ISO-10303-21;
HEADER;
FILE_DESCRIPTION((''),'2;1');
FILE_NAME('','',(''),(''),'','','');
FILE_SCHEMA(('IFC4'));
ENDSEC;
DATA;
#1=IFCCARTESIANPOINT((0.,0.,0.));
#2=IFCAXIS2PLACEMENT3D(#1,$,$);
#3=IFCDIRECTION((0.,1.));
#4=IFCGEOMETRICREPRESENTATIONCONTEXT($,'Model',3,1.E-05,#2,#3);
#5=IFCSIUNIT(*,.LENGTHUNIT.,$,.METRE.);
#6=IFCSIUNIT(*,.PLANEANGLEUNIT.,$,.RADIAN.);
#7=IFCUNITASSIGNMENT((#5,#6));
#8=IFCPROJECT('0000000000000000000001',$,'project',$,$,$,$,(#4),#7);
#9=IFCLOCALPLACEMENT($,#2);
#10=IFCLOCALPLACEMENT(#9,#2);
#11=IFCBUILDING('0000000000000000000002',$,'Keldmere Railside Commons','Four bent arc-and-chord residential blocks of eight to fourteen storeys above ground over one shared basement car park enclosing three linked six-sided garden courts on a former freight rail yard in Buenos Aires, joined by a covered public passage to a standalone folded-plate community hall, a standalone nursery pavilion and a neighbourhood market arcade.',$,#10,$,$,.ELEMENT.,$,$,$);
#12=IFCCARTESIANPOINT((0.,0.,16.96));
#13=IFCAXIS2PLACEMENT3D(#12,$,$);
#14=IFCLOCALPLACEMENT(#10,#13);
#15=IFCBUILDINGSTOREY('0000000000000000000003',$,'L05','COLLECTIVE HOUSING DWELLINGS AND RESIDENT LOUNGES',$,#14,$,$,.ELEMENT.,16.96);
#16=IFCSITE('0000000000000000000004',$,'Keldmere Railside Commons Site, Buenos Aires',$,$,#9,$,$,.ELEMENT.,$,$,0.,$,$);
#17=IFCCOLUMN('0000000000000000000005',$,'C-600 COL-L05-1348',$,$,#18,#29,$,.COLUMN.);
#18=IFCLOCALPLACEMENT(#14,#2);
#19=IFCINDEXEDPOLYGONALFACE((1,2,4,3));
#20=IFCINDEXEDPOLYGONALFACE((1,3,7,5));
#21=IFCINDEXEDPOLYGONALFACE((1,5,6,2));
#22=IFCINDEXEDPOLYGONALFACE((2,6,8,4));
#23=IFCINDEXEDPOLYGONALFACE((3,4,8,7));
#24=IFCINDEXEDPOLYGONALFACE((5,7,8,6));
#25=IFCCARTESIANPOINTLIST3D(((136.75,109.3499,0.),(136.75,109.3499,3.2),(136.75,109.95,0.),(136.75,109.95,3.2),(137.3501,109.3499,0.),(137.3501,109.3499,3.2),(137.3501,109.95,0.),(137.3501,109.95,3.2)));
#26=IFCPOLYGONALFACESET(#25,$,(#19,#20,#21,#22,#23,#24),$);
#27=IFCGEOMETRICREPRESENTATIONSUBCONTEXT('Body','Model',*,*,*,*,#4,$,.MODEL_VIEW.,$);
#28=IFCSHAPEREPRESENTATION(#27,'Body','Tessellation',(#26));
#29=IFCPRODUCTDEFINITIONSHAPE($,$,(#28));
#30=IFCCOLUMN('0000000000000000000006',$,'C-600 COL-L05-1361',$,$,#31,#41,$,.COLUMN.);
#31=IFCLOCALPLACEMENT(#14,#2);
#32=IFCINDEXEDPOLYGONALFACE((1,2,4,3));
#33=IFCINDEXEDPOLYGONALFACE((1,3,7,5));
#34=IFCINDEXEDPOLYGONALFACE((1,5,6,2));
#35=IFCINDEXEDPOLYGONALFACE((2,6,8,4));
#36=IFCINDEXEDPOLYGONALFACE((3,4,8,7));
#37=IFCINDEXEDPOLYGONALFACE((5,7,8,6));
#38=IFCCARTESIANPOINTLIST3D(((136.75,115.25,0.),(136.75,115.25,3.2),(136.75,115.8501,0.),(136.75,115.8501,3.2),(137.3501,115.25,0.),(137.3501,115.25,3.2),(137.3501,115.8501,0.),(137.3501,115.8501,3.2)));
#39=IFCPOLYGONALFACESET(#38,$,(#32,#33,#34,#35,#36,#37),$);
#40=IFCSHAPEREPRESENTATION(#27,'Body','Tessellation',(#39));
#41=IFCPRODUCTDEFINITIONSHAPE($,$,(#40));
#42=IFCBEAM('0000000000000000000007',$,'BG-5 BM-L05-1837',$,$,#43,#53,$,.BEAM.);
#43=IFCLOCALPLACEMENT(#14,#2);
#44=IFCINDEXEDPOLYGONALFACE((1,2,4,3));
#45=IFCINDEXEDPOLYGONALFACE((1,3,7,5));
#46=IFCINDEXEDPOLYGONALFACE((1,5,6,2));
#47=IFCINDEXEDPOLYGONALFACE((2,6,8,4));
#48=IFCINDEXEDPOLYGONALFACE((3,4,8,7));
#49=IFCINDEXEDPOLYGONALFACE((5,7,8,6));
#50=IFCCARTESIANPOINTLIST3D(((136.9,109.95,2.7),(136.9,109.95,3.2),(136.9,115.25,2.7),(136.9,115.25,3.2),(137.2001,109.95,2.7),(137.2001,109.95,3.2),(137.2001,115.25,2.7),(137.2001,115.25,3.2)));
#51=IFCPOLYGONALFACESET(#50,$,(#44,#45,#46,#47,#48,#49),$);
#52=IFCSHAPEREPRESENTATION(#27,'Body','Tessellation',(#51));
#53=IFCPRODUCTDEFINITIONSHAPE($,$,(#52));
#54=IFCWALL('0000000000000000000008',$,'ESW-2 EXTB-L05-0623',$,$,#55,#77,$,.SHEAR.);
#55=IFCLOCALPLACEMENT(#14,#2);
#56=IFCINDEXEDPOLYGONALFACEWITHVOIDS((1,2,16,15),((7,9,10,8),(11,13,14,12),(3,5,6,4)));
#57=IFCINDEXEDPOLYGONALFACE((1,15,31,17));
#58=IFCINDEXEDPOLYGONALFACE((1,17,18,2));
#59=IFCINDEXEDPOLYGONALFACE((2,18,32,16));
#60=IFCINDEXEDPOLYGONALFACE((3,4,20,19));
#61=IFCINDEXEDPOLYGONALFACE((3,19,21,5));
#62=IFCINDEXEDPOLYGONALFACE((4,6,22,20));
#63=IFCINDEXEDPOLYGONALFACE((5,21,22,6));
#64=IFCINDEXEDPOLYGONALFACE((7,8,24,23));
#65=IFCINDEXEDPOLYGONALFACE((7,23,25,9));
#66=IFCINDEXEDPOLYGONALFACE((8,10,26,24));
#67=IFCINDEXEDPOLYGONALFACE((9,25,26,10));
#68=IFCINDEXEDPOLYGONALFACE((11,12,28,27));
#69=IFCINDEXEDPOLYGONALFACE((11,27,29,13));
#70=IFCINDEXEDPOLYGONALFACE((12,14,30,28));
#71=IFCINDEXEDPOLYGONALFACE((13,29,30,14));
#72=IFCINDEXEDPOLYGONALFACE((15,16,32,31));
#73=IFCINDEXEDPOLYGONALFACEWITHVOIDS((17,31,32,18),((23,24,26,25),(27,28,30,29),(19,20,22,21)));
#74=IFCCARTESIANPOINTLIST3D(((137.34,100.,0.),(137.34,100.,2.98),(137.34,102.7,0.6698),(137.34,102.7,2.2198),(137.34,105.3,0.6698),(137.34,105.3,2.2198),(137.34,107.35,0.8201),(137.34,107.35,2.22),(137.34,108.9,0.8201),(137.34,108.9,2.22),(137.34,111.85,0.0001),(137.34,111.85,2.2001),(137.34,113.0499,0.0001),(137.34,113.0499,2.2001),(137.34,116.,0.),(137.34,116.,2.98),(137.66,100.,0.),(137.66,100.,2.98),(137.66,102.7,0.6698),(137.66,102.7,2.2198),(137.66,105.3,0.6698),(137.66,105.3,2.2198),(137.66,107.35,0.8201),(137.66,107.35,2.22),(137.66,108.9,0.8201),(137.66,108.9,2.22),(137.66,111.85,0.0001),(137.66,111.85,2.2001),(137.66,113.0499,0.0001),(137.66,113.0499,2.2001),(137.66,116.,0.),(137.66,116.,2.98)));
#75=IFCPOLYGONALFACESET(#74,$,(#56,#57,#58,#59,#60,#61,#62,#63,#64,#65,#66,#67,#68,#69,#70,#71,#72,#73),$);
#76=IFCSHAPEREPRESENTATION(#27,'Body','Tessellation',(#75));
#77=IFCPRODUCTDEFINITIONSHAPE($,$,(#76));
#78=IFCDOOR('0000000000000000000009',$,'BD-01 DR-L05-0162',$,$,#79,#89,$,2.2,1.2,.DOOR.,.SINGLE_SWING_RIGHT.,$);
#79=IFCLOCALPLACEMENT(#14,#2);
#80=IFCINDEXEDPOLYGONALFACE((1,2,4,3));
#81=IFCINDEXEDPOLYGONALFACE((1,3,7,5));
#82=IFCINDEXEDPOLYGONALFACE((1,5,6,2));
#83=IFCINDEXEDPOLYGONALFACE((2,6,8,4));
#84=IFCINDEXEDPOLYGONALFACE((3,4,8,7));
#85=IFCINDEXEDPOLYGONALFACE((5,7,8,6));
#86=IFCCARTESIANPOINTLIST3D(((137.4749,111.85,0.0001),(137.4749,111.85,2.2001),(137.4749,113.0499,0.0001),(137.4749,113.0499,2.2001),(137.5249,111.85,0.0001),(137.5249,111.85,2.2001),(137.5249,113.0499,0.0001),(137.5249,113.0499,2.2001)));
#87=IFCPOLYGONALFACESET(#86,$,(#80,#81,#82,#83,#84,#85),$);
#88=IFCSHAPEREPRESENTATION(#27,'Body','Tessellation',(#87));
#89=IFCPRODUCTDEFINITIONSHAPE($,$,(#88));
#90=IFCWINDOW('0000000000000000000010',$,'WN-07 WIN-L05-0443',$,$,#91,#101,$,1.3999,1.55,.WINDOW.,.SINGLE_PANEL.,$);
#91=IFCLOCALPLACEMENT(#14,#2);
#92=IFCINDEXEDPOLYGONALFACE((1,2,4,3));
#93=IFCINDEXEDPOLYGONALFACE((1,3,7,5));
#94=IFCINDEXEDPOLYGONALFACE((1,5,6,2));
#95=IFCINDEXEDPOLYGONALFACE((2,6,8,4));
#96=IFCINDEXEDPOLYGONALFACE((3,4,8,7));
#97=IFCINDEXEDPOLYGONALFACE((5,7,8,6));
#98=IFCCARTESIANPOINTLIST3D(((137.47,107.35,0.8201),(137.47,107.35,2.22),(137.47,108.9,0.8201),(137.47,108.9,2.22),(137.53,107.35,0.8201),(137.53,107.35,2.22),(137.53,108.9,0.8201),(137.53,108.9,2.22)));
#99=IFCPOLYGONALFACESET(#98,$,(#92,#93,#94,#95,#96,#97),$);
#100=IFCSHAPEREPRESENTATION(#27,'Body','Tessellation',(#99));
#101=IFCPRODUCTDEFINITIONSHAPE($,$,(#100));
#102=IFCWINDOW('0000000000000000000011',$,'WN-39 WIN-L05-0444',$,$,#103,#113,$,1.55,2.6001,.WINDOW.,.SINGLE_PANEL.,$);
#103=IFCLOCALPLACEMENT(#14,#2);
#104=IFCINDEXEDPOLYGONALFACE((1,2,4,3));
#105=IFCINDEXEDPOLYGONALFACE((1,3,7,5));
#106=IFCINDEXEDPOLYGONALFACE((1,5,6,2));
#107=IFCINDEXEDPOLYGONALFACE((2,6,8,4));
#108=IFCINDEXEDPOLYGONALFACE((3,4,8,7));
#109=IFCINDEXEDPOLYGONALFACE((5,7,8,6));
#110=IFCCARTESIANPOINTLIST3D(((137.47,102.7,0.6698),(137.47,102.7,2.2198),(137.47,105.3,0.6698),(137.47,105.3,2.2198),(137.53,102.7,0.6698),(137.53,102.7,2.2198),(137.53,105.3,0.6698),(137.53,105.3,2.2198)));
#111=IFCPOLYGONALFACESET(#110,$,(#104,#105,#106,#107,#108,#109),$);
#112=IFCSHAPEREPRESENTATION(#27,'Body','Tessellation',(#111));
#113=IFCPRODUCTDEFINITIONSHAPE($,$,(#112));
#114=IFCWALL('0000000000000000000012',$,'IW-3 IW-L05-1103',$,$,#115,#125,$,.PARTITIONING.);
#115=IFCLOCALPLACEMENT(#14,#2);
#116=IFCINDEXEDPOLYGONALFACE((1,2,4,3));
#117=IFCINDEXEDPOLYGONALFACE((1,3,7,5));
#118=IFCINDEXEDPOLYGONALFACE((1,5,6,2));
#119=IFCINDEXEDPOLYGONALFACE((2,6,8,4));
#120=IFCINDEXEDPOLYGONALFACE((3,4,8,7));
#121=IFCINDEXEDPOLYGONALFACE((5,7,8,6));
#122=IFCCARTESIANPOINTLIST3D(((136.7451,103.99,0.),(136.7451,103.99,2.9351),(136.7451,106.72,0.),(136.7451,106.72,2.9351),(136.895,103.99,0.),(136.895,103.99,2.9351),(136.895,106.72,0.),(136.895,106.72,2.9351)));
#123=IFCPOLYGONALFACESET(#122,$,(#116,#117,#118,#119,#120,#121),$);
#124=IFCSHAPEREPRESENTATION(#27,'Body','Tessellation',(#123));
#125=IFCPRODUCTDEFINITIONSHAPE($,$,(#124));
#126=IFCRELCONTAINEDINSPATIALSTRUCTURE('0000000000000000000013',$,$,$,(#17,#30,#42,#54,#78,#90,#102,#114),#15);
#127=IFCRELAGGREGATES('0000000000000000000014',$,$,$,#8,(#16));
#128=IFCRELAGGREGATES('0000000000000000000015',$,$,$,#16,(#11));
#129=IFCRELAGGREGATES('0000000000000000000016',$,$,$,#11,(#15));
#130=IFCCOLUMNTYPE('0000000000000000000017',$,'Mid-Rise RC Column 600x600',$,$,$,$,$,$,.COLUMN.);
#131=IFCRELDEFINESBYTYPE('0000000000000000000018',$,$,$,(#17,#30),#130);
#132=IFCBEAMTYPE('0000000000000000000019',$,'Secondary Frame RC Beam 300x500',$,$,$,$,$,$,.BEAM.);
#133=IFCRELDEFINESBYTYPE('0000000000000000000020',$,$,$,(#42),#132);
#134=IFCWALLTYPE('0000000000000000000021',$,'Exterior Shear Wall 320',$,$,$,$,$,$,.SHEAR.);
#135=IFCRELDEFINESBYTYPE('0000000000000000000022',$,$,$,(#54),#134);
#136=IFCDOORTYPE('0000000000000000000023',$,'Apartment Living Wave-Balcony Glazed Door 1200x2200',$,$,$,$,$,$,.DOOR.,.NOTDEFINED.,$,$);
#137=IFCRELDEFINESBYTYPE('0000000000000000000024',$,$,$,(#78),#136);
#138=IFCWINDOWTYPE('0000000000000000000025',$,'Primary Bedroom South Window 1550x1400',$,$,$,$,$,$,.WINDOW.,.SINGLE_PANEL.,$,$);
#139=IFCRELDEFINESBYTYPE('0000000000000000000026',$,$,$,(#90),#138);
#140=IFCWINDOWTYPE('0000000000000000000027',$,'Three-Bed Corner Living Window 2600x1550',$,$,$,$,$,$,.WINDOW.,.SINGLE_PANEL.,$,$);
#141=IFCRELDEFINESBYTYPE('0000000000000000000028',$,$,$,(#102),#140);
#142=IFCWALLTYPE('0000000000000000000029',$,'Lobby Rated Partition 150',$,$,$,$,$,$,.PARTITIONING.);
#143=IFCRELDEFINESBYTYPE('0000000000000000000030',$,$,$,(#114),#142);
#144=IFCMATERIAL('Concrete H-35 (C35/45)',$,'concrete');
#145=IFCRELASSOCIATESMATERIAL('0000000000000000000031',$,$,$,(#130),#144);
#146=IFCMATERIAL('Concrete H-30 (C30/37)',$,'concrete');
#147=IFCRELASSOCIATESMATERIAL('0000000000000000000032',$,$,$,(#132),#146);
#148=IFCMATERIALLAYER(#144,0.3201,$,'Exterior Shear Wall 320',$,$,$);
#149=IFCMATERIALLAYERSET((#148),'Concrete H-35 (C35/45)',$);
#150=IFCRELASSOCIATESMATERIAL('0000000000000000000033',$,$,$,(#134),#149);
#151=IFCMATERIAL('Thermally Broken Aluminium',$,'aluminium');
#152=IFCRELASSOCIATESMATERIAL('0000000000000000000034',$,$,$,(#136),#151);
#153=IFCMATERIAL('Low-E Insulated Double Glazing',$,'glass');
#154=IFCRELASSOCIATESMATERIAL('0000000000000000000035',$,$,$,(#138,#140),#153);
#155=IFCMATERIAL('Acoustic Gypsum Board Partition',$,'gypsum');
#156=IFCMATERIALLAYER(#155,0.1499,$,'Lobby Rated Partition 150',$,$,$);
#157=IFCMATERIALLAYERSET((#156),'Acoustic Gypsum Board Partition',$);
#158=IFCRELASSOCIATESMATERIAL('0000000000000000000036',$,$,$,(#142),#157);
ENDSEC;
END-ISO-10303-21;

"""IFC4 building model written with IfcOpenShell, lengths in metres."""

from ifc_helpers import new_model, si_unit, direction, frame, frame_2d, origin, origin_2d, place, context, subcontext, project, spatial, rectangle, extrude, material, layer, layer_set, material_profile, profile_set, type_object, element, fill, save


model = new_model("IFC4")

# Units and contexts
model_context = context("Model", 3, precision=1e-05, world=origin(), true_north=direction((0.0, 1.0)))
body_context = subcontext(model_context, "Body", "Model", "MODEL_VIEW")
ifc_project = project(units=[si_unit("LENGTHUNIT", "METRE"), si_unit("PLANEANGLEUNIT", "RADIAN")], contexts=[model_context])

# Site, building, storey
site_placement = place(None, origin())
site = spatial("IfcSite", under=ifc_project, at=site_placement, Name="Keldmere Railside Commons Site, Buenos Aires", CompositionType="ELEMENT", RefElevation=0.0)
building_placement = place(site_placement, origin())
building = spatial("IfcBuilding", under=site, at=building_placement, Name="Keldmere Railside Commons", Description="Four bent arc-and-chord residential blocks of eight to fourteen storeys above ground over one shared basement car park enclosing three linked six-sided garden courts on a former freight rail yard in Buenos Aires, joined by a covered public passage to a standalone folded-plate community hall, a standalone nursery pavilion and a neighbourhood market arcade.", CompositionType="ELEMENT")
storey_placement = place(building_placement, frame((0.0, 0.0, 16.96)))
storey = spatial("IfcBuildingStorey", under=building, at=storey_placement, Name="L05", Description="COLLECTIVE HOUSING DWELLINGS AND RESIDENT LOUNGES", CompositionType="ELEMENT", Elevation=16.96)

# Columns
ifc_material_1 = material(Name="Concrete H-35 (C35/45)", Category="concrete")
ifc_material_profile_1 = material_profile(ifc_material_1, rectangle(XDim=0.6001, YDim=0.6001, at=origin_2d()), Name="RC-600x600")
ifc_profile_set_1 = profile_set([ifc_material_profile_1], Name="Concrete H-35 (C35/45)")
column_type = type_object("IfcColumnType", Name="Mid-Rise RC Column 600x600", PredefinedType="COLUMN", material=ifc_profile_set_1)
for number, where, z_axis, x_axis, name in (
    (1, (137.05, 109.6499, 0.0), (0.0, 0.0, 1.0), (1.0, 0.0, 0.0), "C-600 COL-L05-1348"),
    (2, (137.05, 115.55, 0.0), (0.0, 0.0, 1.0), (1.0, 0.0, 0.0), "C-600 COL-L05-1361"),
):
    element("IfcColumn", number, at=place(storey_placement, frame(where, z_axis=z_axis, x_axis=x_axis)), inside=storey, type_object=column_type, Name=name, PredefinedType="COLUMN", context=body_context, shape_type="SweptSolid", body=[
        extrude(rectangle(XDim=0.6001, YDim=0.6001, at=origin_2d()), origin(), (0.0, 0.0, 1.0), 3.2),
    ])

# Beam
ifc_material_2 = material(Name="Concrete H-30 (C30/37)", Category="concrete")
ifc_material_profile_2 = material_profile(ifc_material_2, rectangle(XDim=0.3, YDim=0.5, at=origin_2d()), Name="RC-300x500")
ifc_profile_set_2 = profile_set([ifc_material_profile_2], Name="Concrete H-30 (C30/37)")
beam_type = type_object("IfcBeamType", Name="Secondary Frame RC Beam 300x500", PredefinedType="BEAM", material=ifc_profile_set_2)
beam_placement = place(storey_placement, frame((137.05, 109.95, 2.95), z_axis=(0.0, 1.0, 0.0), x_axis=(-1.0, 0.0, 0.0)))
element("IfcBeam", 3, at=beam_placement, inside=storey, type_object=beam_type, Name="BG-5 BM-L05-1837", PredefinedType="BEAM", context=body_context, shape_type="SweptSolid", body=[
    extrude(rectangle(XDim=0.3, YDim=0.5, at=origin_2d()), origin(), (0.0, 0.0, 1.0), 5.3),
])

# Wall, openings, door, windows
ifc_layer_1 = layer(ifc_material_1, 0.3201, Name="Exterior Shear Wall 320")
ifc_layer_set_1 = layer_set([ifc_layer_1], Name="Concrete H-35 (C35/45)")
wall_type_1 = type_object("IfcWallType", Name="Exterior Shear Wall 320", PredefinedType="SHEAR", material=ifc_layer_set_1)
wall_1_placement = place(storey_placement, frame((137.5, 116.0, 0.0), z_axis=(0.0, 0.0, 1.0), x_axis=(0.0, -1.0, 0.0)))
wall_1 = element("IfcWall", 4, at=wall_1_placement, inside=storey, type_object=wall_type_1, Name="ESW-2 EXTB-L05-0623", PredefinedType="SHEAR", context=body_context, shape_type="SweptSolid", body=[
    extrude(rectangle(XDim=16.0, YDim=0.3201, at=frame_2d((8.0, 0.0))), origin(), (0.0, 0.0, 1.0), 2.98),
])
opening_1_placement = place(wall_1_placement, frame((2.95, 0.0, 0.0)))
opening_1 = element("IfcOpeningElement", 5, at=opening_1_placement, cuts=wall_1, PredefinedType="OPENING", context=body_context, shape_type="SweptSolid", body=[
    extrude(rectangle(XDim=1.2, YDim=2.2, at=frame_2d((0.6001, 1.1001))), frame((0.0, 0.1699, 0.0), z_axis=(0.0, -1.0, 0.0), x_axis=(1.0, 0.0, 0.0)), (0.0, 0.0, 1.0), 0.3401),
])
opening_2_placement = place(wall_1_placement, frame((7.1001, 0.0, 0.8201)))
opening_2 = element("IfcOpeningElement", 6, at=opening_2_placement, cuts=wall_1, PredefinedType="OPENING", context=body_context, shape_type="SweptSolid", body=[
    extrude(rectangle(XDim=1.55, YDim=1.3999, at=frame_2d((0.7749, 0.7))), frame((0.0, 0.1699, 0.0), z_axis=(0.0, -1.0, 0.0), x_axis=(1.0, 0.0, 0.0)), (0.0, 0.0, 1.0), 0.3401),
])
opening_3_placement = place(wall_1_placement, frame((10.7, 0.0, 0.6699)))
opening_3 = element("IfcOpeningElement", 7, at=opening_3_placement, cuts=wall_1, PredefinedType="OPENING", context=body_context, shape_type="SweptSolid", body=[
    extrude(rectangle(XDim=2.6001, YDim=1.55, at=frame_2d((1.3, 0.7749))), frame((0.0, 0.1699, 0.0), z_axis=(0.0, -1.0, 0.0), x_axis=(1.0, 0.0, 0.0)), (0.0, 0.0, 1.0), 0.3401),
])
ifc_material_3 = material(Name="Thermally Broken Aluminium", Category="aluminium")
door_type_1 = type_object("IfcDoorType", Name="Apartment Living Wave-Balcony Glazed Door 1200x2200", OperationType="NOTDEFINED", PredefinedType="DOOR", material=ifc_material_3)
door_1_placement = place(opening_1_placement, origin())
door_1 = element("IfcDoor", 8, at=door_1_placement, inside=storey, type_object=door_type_1, Name="BD-01 DR-L05-0162", OperationType="SINGLE_SWING_RIGHT", OverallHeight=2.2, OverallWidth=1.2, PredefinedType="DOOR", context=body_context, shape_type="SweptSolid", body=[
    extrude(rectangle(XDim=1.2, YDim=2.2, at=frame_2d((0.6001, 1.1001))), frame((0.0, 0.0249, 0.0), z_axis=(0.0, -1.0, 0.0), x_axis=(1.0, 0.0, 0.0)), (0.0, 0.0, 1.0), 0.05),
])
fill(opening_1, door_1)
ifc_material_4 = material(Name="Low-E Insulated Double Glazing", Category="glass")
window_type_1 = type_object("IfcWindowType", Name="Primary Bedroom South Window 1550x1400", PartitioningType="SINGLE_PANEL", PredefinedType="WINDOW", material=ifc_material_4)
window_1_placement = place(opening_2_placement, origin())
window_1 = element("IfcWindow", 9, at=window_1_placement, inside=storey, type_object=window_type_1, Name="WN-07 WIN-L05-0443", OverallHeight=1.3999, OverallWidth=1.55, PartitioningType="SINGLE_PANEL", PredefinedType="WINDOW", context=body_context, shape_type="SweptSolid", body=[
    extrude(rectangle(XDim=1.55, YDim=1.3999, at=frame_2d((0.7749, 0.7))), frame((0.0, 0.03, 0.0), z_axis=(0.0, -1.0, 0.0), x_axis=(1.0, 0.0, 0.0)), (0.0, 0.0, 1.0), 0.0601),
])
fill(opening_2, window_1)
window_type_2 = type_object("IfcWindowType", Name="Three-Bed Corner Living Window 2600x1550", PartitioningType="SINGLE_PANEL", PredefinedType="WINDOW", material=ifc_material_4)
window_2_placement = place(opening_3_placement, origin())
window_2 = element("IfcWindow", 10, at=window_2_placement, inside=storey, type_object=window_type_2, Name="WN-39 WIN-L05-0444", OverallHeight=1.55, OverallWidth=2.6001, PartitioningType="SINGLE_PANEL", PredefinedType="WINDOW", context=body_context, shape_type="SweptSolid", body=[
    extrude(rectangle(XDim=2.6001, YDim=1.55, at=frame_2d((1.3, 0.7749))), frame((0.0, 0.03, 0.0), z_axis=(0.0, -1.0, 0.0), x_axis=(1.0, 0.0, 0.0)), (0.0, 0.0, 1.0), 0.0601),
])
fill(opening_3, window_2)

# Wall
ifc_material_5 = material(Name="Acoustic Gypsum Board Partition", Category="gypsum")
ifc_layer_2 = layer(ifc_material_5, 0.1499, Name="Lobby Rated Partition 150")
ifc_layer_set_2 = layer_set([ifc_layer_2], Name="Acoustic Gypsum Board Partition")
wall_type_2 = type_object("IfcWallType", Name="Lobby Rated Partition 150", PredefinedType="PARTITIONING", material=ifc_layer_set_2)
wall_2_placement = place(storey_placement, frame((136.8201, 103.99, 0.0), z_axis=(0.0, 0.0, 1.0), x_axis=(0.0, 1.0, 0.0)))
element("IfcWall", 11, at=wall_2_placement, inside=storey, type_object=wall_type_2, Name="IW-3 IW-L05-1103", PredefinedType="PARTITIONING", context=body_context, shape_type="SweptSolid", body=[
    extrude(rectangle(XDim=2.73, YDim=0.1499, at=frame_2d((1.365, 0.0))), origin(), (0.0, 0.0, 1.0), 2.9351),
])

save(model, "model.ifc")
